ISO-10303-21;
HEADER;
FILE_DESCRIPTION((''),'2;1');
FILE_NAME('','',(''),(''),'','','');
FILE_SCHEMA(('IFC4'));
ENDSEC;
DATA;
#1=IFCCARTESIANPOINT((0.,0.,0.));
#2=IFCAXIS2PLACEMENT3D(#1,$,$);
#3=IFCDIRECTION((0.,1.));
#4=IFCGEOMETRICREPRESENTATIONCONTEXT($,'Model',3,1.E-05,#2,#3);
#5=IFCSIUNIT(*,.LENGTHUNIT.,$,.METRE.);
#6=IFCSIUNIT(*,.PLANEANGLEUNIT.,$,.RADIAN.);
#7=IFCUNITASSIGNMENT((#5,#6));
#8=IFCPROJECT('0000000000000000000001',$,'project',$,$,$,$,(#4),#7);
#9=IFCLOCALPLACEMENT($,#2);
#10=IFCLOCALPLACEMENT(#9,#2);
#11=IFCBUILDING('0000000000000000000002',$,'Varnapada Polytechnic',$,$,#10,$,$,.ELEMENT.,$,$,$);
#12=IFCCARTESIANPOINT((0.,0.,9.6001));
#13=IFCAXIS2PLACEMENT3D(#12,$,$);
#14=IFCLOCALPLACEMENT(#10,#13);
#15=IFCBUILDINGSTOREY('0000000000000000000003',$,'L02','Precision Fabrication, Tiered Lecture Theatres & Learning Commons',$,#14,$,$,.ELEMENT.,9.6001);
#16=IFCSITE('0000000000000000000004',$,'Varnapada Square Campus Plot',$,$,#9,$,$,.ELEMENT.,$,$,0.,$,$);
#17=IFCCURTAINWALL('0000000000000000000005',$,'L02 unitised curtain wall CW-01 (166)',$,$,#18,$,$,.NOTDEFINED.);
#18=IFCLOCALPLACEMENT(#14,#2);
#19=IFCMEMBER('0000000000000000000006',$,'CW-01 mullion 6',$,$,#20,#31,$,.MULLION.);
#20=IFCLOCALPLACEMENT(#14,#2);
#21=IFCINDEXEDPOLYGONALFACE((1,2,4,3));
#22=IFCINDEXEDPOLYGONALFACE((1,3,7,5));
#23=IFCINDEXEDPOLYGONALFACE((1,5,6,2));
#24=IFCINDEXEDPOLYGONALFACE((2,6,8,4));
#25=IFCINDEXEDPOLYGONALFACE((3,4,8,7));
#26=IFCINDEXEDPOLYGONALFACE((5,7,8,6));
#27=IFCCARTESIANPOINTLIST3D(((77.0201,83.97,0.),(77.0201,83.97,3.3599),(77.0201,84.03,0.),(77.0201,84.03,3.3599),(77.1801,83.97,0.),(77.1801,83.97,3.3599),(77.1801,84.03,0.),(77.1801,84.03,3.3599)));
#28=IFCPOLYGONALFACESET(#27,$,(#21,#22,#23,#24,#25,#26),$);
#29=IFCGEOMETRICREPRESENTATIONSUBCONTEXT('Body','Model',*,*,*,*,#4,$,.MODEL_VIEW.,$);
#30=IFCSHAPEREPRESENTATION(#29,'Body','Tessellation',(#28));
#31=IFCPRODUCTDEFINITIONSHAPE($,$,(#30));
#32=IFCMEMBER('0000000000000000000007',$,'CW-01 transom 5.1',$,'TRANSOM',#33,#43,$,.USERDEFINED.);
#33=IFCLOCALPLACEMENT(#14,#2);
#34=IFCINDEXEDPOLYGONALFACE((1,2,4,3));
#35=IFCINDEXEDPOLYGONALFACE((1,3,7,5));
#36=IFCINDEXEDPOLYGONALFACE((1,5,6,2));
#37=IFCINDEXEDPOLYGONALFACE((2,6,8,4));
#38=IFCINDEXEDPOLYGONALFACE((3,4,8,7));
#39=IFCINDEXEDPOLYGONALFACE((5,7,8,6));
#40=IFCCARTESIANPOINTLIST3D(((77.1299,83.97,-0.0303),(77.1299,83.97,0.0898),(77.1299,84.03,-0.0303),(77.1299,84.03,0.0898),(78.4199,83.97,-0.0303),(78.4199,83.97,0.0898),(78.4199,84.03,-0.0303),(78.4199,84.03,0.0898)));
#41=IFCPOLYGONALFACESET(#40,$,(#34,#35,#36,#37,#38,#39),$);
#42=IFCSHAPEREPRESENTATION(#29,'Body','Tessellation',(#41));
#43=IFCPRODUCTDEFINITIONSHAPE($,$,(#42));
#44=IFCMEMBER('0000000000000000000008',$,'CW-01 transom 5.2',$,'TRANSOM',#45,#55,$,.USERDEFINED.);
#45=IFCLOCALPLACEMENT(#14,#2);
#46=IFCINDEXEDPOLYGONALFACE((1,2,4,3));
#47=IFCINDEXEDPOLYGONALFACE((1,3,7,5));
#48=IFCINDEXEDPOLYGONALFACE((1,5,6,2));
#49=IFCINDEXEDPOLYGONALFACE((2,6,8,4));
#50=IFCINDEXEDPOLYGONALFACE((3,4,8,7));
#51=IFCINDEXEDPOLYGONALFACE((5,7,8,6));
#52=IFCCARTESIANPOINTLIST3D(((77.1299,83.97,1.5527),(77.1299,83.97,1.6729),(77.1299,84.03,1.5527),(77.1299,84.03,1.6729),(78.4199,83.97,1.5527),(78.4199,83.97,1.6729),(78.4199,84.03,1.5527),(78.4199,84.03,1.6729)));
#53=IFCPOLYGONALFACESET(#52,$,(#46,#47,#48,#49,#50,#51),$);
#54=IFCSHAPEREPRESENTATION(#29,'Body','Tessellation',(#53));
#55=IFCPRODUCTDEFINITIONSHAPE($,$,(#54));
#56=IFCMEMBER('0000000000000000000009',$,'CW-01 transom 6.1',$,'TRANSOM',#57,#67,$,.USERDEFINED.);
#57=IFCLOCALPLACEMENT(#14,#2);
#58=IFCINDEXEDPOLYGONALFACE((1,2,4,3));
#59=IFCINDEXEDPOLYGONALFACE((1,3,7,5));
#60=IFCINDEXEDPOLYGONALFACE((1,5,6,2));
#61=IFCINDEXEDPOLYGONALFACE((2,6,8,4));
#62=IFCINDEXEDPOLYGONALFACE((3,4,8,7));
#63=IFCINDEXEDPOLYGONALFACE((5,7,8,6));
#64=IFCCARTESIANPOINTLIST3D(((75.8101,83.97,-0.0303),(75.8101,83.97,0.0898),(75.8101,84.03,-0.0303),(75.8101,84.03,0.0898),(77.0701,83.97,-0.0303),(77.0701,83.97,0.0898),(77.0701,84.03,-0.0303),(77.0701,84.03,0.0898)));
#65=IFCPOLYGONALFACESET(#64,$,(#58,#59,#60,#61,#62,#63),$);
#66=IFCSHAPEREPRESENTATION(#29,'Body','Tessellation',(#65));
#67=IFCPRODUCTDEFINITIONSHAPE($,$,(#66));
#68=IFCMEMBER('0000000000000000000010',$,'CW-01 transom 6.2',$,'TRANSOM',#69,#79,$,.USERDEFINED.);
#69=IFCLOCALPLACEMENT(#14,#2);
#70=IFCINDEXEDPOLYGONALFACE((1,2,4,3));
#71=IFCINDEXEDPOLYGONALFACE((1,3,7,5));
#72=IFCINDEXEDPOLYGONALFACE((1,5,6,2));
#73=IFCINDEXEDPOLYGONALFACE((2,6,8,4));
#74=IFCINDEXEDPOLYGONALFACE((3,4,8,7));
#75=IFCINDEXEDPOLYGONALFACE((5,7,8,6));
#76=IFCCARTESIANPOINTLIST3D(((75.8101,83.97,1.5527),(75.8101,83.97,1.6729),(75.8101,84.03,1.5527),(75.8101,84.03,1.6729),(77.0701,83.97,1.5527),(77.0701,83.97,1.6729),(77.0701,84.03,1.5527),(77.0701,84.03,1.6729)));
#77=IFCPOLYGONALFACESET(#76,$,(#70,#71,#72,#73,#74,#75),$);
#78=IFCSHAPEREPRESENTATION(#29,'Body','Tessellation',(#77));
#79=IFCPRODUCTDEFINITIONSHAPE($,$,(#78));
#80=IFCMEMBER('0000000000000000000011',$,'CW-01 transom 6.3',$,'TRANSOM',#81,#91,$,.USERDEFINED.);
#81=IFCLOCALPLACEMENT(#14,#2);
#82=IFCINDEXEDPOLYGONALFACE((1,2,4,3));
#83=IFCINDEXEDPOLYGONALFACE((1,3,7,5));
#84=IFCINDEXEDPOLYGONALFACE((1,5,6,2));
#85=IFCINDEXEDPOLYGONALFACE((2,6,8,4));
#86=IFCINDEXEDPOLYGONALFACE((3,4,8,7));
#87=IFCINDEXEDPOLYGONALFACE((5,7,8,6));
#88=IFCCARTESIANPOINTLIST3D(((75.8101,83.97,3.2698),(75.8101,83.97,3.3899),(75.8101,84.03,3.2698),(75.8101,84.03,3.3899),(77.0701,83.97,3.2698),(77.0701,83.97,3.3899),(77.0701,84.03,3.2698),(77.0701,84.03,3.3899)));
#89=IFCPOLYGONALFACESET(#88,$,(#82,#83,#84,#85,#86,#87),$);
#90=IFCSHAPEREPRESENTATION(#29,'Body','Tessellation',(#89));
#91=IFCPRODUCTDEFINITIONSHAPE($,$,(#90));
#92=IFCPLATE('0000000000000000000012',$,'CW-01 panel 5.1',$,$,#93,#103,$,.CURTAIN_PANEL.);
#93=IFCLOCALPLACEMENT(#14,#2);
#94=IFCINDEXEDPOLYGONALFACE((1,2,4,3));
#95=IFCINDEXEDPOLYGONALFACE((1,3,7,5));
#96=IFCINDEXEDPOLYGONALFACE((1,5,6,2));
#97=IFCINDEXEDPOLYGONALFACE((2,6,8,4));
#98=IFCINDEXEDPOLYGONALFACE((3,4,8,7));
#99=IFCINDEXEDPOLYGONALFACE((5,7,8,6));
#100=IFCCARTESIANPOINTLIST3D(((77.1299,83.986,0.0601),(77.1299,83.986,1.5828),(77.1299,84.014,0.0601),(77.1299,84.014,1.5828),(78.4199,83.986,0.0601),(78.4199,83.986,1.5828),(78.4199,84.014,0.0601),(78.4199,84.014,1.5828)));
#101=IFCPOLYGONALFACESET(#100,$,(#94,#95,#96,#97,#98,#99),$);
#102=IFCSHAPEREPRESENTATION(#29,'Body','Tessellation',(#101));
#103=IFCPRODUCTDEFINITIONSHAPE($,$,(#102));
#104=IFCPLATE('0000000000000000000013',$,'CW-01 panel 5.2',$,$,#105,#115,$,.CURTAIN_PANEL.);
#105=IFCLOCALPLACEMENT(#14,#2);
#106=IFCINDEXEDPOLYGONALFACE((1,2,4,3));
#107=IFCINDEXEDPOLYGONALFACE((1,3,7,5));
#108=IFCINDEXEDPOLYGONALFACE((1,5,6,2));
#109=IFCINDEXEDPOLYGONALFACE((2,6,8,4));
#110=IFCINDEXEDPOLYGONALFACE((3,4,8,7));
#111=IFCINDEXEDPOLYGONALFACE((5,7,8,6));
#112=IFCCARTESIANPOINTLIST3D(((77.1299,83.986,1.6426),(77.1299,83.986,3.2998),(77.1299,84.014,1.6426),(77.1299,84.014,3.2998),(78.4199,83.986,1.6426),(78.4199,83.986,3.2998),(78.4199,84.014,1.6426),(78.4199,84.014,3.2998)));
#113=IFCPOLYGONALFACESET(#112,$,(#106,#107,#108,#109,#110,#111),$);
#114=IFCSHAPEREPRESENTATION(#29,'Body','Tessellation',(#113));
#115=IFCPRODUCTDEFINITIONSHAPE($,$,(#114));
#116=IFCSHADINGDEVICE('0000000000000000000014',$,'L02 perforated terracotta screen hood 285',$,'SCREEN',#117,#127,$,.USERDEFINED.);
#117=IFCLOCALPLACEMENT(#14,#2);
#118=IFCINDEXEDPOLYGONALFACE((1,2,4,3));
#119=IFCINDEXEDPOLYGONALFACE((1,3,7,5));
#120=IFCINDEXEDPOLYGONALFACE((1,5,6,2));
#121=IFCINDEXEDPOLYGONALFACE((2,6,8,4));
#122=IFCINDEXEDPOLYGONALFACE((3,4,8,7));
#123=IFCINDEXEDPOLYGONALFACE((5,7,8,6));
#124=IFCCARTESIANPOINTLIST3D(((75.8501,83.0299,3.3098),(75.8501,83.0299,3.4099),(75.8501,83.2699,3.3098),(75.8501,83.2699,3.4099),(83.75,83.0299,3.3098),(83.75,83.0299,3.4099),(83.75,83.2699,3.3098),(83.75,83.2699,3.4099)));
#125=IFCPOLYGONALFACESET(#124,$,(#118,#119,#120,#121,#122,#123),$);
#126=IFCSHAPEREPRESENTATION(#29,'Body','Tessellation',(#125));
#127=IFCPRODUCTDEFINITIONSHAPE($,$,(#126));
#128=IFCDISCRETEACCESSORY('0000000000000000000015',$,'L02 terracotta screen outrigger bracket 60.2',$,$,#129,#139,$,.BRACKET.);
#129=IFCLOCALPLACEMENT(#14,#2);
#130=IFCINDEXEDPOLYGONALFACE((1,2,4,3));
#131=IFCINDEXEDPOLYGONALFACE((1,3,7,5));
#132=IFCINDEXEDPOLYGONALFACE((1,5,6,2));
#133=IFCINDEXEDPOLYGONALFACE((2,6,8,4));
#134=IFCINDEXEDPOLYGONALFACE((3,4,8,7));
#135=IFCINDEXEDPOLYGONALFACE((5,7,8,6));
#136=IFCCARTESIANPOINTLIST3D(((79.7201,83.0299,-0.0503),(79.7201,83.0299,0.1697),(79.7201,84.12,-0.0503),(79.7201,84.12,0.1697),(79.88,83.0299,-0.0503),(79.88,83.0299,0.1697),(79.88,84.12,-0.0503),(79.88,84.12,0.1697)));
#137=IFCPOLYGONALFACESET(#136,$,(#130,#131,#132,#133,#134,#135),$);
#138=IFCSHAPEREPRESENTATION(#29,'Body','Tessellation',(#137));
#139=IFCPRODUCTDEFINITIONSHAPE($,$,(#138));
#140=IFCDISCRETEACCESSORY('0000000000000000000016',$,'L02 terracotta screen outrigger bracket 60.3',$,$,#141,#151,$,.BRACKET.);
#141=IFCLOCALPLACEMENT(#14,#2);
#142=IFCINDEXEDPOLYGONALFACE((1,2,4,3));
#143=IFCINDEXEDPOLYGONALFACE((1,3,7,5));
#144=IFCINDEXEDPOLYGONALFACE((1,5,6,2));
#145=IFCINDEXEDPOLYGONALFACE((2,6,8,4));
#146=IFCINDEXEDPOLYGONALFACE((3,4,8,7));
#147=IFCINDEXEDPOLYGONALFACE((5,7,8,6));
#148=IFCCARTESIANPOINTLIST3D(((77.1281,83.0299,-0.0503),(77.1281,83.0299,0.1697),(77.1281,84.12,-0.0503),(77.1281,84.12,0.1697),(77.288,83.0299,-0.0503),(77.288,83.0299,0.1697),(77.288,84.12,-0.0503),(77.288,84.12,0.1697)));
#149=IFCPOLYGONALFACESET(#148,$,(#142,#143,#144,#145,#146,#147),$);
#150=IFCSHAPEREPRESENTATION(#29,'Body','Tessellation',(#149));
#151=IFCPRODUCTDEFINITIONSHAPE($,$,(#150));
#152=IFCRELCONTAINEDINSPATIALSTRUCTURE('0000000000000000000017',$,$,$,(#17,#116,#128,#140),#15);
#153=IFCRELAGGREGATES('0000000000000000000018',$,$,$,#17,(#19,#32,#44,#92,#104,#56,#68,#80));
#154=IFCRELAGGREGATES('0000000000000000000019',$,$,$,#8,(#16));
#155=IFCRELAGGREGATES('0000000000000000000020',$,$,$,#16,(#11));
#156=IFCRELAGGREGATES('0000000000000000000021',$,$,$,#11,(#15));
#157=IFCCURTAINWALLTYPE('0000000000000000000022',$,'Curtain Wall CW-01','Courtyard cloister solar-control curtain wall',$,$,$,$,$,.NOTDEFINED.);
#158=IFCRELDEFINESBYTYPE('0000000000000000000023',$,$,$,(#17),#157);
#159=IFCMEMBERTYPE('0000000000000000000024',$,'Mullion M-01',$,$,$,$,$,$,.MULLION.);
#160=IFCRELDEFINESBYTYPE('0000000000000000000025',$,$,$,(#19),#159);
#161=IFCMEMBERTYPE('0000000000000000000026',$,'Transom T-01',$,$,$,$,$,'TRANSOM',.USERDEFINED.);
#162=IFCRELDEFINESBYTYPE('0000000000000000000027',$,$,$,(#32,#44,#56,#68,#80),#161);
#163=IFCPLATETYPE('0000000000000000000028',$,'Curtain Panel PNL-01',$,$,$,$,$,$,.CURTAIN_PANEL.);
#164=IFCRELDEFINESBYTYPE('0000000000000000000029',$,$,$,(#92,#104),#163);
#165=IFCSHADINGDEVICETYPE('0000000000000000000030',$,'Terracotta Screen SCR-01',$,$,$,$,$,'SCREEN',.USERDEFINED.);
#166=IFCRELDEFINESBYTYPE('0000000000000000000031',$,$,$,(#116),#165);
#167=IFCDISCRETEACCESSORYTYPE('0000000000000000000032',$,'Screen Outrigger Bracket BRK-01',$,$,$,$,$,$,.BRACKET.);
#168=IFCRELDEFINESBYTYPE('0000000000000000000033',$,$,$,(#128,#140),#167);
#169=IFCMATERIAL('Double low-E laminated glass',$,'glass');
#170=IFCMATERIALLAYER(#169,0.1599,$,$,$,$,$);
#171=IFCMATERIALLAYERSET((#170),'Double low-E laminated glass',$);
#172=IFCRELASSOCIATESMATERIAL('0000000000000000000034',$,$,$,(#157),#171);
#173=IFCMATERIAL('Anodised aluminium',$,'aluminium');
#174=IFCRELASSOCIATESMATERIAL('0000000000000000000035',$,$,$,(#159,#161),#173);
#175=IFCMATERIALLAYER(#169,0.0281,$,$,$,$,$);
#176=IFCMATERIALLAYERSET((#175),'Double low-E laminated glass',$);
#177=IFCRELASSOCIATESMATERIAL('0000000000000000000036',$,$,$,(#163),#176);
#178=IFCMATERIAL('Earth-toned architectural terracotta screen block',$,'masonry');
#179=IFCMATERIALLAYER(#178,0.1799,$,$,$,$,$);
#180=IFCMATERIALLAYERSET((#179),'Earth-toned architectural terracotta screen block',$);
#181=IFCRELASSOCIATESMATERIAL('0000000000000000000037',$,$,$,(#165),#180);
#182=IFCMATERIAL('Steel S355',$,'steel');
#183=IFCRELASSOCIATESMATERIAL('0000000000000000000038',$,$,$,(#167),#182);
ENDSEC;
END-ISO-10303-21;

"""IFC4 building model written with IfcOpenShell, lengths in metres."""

from ifc_helpers import new_model, si_unit, direction, frame, origin, origin_2d, place, context, subcontext, project, spatial, rectangle, extrude, material, layer, layer_set, material_profile, profile_set, type_object, element, aggregate, save


model = new_model("IFC4")

# Units and contexts
model_context = context("Model", 3, precision=1e-05, world=origin(), true_north=direction((0.0, 1.0)))
body_context = subcontext(model_context, "Body", "Model", "MODEL_VIEW")
ifc_project = project(units=[si_unit("LENGTHUNIT", "METRE"), si_unit("PLANEANGLEUNIT", "RADIAN")], contexts=[model_context])

# Site, building, storey
site_placement = place(None, origin())
site = spatial("IfcSite", under=ifc_project, at=site_placement, Name="Varnapada Square Campus Plot", CompositionType="ELEMENT", RefElevation=0.0)
building_placement = place(site_placement, origin())
building = spatial("IfcBuilding", under=site, at=building_placement, Name="Varnapada Polytechnic", CompositionType="ELEMENT")
storey_placement = place(building_placement, frame((0.0, 0.0, 9.6001)))
storey = spatial("IfcBuildingStorey", under=building, at=storey_placement, Name="L02", Description="Precision Fabrication, Tiered Lecture Theatres & Learning Commons", CompositionType="ELEMENT", Elevation=9.6001)

# Curtain wall, members, plates
ifc_material_1 = material(Name="Double low-E laminated glass", Category="glass")
ifc_layer_1 = layer(ifc_material_1, 0.1599)
ifc_layer_set_1 = layer_set([ifc_layer_1], Name="Double low-E laminated glass")
curtain_wall_type = type_object("IfcCurtainWallType", Name="Curtain Wall CW-01", Description="Courtyard cloister solar-control curtain wall", PredefinedType="NOTDEFINED", material=ifc_layer_set_1)
curtain_wall_placement = place(storey_placement, origin())
curtain_wall = element("IfcCurtainWall", 1, at=curtain_wall_placement, inside=storey, type_object=curtain_wall_type, Name="L02 unitised curtain wall CW-01 (166)", PredefinedType="NOTDEFINED")
ifc_material_2 = material(Name="Anodised aluminium", Category="aluminium")
ifc_material_profile_1 = material_profile(ifc_material_2, rectangle(XDim=0.0601, YDim=0.1599, at=origin_2d()), Name="ALU M60x160")
ifc_profile_set_1 = profile_set([ifc_material_profile_1], Name="Anodised aluminium")
member_type_1 = type_object("IfcMemberType", Name="Mullion M-01", PredefinedType="MULLION", material=ifc_profile_set_1)
member_1_placement = place(storey_placement, frame((77.1001, 84.0, 0.0), z_axis=(0.0, 0.0, 1.0), x_axis=(0.0, -1.0, 0.0)))
member_1 = element("IfcMember", 2, at=member_1_placement, type_object=member_type_1, Name="CW-01 mullion 6", PredefinedType="MULLION", context=body_context, shape_type="SweptSolid", body=[
    extrude(rectangle(XDim=0.0601, YDim=0.1599, at=origin_2d()), origin(), (0.0, 0.0, 1.0), 3.3599),
])
ifc_material_profile_2 = material_profile(ifc_material_2, rectangle(XDim=0.0601, YDim=0.1201, at=origin_2d()), Name="ALU T60x120")
ifc_profile_set_2 = profile_set([ifc_material_profile_2], Name="Anodised aluminium")
member_type_2 = type_object("IfcMemberType", Name="Transom T-01", ElementType="TRANSOM", PredefinedType="USERDEFINED", material=ifc_profile_set_2)
member_2_placement = place(storey_placement, frame((78.4199, 84.0, 0.0298), z_axis=(-1.0, 0.0, 0.0), x_axis=(0.0, -1.0, 0.0)))
member_2 = element("IfcMember", 3, at=member_2_placement, type_object=member_type_2, Name="CW-01 transom 5.1", ObjectType="TRANSOM", PredefinedType="USERDEFINED", context=body_context, shape_type="SweptSolid", body=[
    extrude(rectangle(XDim=0.0601, YDim=0.1201, at=origin_2d()), origin(), (0.0, 0.0, 1.0), 1.29),
])
member_3_placement = place(storey_placement, frame((78.4199, 84.0, 1.6128), z_axis=(-1.0, 0.0, 0.0), x_axis=(0.0, -1.0, 0.0)))
member_3 = element("IfcMember", 4, at=member_3_placement, type_object=member_type_2, Name="CW-01 transom 5.2", ObjectType="TRANSOM", PredefinedType="USERDEFINED", context=body_context, shape_type="SweptSolid", body=[
    extrude(rectangle(XDim=0.0601, YDim=0.1201, at=origin_2d()), origin(), (0.0, 0.0, 1.0), 1.29),
])
member_4_placement = place(storey_placement, frame((77.0701, 84.0, 0.0298), z_axis=(-1.0, 0.0, 0.0), x_axis=(0.0, -1.0, 0.0)))
member_4 = element("IfcMember", 5, at=member_4_placement, type_object=member_type_2, Name="CW-01 transom 6.1", ObjectType="TRANSOM", PredefinedType="USERDEFINED", context=body_context, shape_type="SweptSolid", body=[
    extrude(rectangle(XDim=0.0601, YDim=0.1201, at=origin_2d()), origin(), (0.0, 0.0, 1.0), 1.26),
])
member_5_placement = place(storey_placement, frame((77.0701, 84.0, 1.6128), z_axis=(-1.0, 0.0, 0.0), x_axis=(0.0, -1.0, 0.0)))
member_5 = element("IfcMember", 6, at=member_5_placement, type_object=member_type_2, Name="CW-01 transom 6.2", ObjectType="TRANSOM", PredefinedType="USERDEFINED", context=body_context, shape_type="SweptSolid", body=[
    extrude(rectangle(XDim=0.0601, YDim=0.1201, at=origin_2d()), origin(), (0.0, 0.0, 1.0), 1.26),
])
member_6_placement = place(storey_placement, frame((77.0701, 84.0, 3.3298), z_axis=(-1.0, 0.0, 0.0), x_axis=(0.0, -1.0, 0.0)))
member_6 = element("IfcMember", 7, at=member_6_placement, type_object=member_type_2, Name="CW-01 transom 6.3", ObjectType="TRANSOM", PredefinedType="USERDEFINED", context=body_context, shape_type="SweptSolid", body=[
    extrude(rectangle(XDim=0.0601, YDim=0.1201, at=origin_2d()), origin(), (0.0, 0.0, 1.0), 1.26),
])
ifc_layer_2 = layer(ifc_material_1, 0.0281)
ifc_layer_set_2 = layer_set([ifc_layer_2], Name="Double low-E laminated glass")
plate_type = type_object("IfcPlateType", Name="Curtain Panel PNL-01", PredefinedType="CURTAIN_PANEL", material=ifc_layer_set_2)
plate_1_placement = place(storey_placement, frame((77.7749, 84.0, 0.0601), z_axis=(0.0, 0.0, 1.0), x_axis=(-1.0, 0.0, 0.0)))
plate_1 = element("IfcPlate", 8, at=plate_1_placement, type_object=plate_type, Name="CW-01 panel 5.1", PredefinedType="CURTAIN_PANEL", context=body_context, shape_type="SweptSolid", body=[
    extrude(rectangle(XDim=1.29, YDim=0.0281, at=origin_2d()), origin(), (0.0, 0.0, 1.0), 1.5227),
])
plate_2_placement = place(storey_placement, frame((77.7749, 84.0, 1.6426), z_axis=(0.0, 0.0, 1.0), x_axis=(-1.0, 0.0, 0.0)))
plate_2 = element("IfcPlate", 9, at=plate_2_placement, type_object=plate_type, Name="CW-01 panel 5.2", PredefinedType="CURTAIN_PANEL", context=body_context, shape_type="SweptSolid", body=[
    extrude(rectangle(XDim=1.29, YDim=0.0281, at=origin_2d()), origin(), (0.0, 0.0, 1.0), 1.6572),
])
aggregate(curtain_wall, [member_1, member_2, member_3, plate_1, plate_2, member_4, member_5, member_6])

# Shading device
ifc_material_3 = material(Name="Earth-toned architectural terracotta screen block", Category="masonry")
ifc_layer_3 = layer(ifc_material_3, 0.1799)
ifc_layer_set_3 = layer_set([ifc_layer_3], Name="Earth-toned architectural terracotta screen block")
shading_device_type = type_object("IfcShadingDeviceType", Name="Terracotta Screen SCR-01", ElementType="SCREEN", PredefinedType="USERDEFINED", material=ifc_layer_set_3)
shading_device_placement = place(storey_placement, frame((79.8, 83.1499, 3.3098), z_axis=(0.0, 0.0, 1.0), x_axis=(-1.0, 0.0, 0.0)))
element("IfcShadingDevice", 10, at=shading_device_placement, inside=storey, type_object=shading_device_type, Name="L02 perforated terracotta screen hood 285", ObjectType="SCREEN", PredefinedType="USERDEFINED", context=body_context, shape_type="SweptSolid", body=[
    extrude(rectangle(XDim=7.8999, YDim=0.24, at=origin_2d()), origin(), (0.0, 0.0, 1.0), 0.1001),
])

# Discrete accessories
ifc_material_4 = material(Name="Steel S355", Category="steel")
discrete_accessory_type = type_object("IfcDiscreteAccessoryType", Name="Screen Outrigger Bracket BRK-01", PredefinedType="BRACKET", material=ifc_material_4)
for number, where, z_axis, x_axis, name in (
    (11, (79.8, 83.575, -0.0503), (0.0, 0.0, 1.0), (-1.0, 0.0, 0.0), "L02 terracotta screen outrigger bracket 60.2"),
    (12, (77.208, 83.575, -0.0503), (0.0, 0.0, 1.0), (-1.0, 0.0, 0.0), "L02 terracotta screen outrigger bracket 60.3"),
):
    element("IfcDiscreteAccessory", number, at=place(storey_placement, frame(where, z_axis=z_axis, x_axis=x_axis)), inside=storey, type_object=discrete_accessory_type, Name=name, PredefinedType="BRACKET", context=body_context, shape_type="SweptSolid", body=[
        extrude(rectangle(XDim=0.1599, YDim=1.0901, at=origin_2d()), origin(), (0.0, 0.0, 1.0), 0.22),
    ])

save(model, "model.ifc")
